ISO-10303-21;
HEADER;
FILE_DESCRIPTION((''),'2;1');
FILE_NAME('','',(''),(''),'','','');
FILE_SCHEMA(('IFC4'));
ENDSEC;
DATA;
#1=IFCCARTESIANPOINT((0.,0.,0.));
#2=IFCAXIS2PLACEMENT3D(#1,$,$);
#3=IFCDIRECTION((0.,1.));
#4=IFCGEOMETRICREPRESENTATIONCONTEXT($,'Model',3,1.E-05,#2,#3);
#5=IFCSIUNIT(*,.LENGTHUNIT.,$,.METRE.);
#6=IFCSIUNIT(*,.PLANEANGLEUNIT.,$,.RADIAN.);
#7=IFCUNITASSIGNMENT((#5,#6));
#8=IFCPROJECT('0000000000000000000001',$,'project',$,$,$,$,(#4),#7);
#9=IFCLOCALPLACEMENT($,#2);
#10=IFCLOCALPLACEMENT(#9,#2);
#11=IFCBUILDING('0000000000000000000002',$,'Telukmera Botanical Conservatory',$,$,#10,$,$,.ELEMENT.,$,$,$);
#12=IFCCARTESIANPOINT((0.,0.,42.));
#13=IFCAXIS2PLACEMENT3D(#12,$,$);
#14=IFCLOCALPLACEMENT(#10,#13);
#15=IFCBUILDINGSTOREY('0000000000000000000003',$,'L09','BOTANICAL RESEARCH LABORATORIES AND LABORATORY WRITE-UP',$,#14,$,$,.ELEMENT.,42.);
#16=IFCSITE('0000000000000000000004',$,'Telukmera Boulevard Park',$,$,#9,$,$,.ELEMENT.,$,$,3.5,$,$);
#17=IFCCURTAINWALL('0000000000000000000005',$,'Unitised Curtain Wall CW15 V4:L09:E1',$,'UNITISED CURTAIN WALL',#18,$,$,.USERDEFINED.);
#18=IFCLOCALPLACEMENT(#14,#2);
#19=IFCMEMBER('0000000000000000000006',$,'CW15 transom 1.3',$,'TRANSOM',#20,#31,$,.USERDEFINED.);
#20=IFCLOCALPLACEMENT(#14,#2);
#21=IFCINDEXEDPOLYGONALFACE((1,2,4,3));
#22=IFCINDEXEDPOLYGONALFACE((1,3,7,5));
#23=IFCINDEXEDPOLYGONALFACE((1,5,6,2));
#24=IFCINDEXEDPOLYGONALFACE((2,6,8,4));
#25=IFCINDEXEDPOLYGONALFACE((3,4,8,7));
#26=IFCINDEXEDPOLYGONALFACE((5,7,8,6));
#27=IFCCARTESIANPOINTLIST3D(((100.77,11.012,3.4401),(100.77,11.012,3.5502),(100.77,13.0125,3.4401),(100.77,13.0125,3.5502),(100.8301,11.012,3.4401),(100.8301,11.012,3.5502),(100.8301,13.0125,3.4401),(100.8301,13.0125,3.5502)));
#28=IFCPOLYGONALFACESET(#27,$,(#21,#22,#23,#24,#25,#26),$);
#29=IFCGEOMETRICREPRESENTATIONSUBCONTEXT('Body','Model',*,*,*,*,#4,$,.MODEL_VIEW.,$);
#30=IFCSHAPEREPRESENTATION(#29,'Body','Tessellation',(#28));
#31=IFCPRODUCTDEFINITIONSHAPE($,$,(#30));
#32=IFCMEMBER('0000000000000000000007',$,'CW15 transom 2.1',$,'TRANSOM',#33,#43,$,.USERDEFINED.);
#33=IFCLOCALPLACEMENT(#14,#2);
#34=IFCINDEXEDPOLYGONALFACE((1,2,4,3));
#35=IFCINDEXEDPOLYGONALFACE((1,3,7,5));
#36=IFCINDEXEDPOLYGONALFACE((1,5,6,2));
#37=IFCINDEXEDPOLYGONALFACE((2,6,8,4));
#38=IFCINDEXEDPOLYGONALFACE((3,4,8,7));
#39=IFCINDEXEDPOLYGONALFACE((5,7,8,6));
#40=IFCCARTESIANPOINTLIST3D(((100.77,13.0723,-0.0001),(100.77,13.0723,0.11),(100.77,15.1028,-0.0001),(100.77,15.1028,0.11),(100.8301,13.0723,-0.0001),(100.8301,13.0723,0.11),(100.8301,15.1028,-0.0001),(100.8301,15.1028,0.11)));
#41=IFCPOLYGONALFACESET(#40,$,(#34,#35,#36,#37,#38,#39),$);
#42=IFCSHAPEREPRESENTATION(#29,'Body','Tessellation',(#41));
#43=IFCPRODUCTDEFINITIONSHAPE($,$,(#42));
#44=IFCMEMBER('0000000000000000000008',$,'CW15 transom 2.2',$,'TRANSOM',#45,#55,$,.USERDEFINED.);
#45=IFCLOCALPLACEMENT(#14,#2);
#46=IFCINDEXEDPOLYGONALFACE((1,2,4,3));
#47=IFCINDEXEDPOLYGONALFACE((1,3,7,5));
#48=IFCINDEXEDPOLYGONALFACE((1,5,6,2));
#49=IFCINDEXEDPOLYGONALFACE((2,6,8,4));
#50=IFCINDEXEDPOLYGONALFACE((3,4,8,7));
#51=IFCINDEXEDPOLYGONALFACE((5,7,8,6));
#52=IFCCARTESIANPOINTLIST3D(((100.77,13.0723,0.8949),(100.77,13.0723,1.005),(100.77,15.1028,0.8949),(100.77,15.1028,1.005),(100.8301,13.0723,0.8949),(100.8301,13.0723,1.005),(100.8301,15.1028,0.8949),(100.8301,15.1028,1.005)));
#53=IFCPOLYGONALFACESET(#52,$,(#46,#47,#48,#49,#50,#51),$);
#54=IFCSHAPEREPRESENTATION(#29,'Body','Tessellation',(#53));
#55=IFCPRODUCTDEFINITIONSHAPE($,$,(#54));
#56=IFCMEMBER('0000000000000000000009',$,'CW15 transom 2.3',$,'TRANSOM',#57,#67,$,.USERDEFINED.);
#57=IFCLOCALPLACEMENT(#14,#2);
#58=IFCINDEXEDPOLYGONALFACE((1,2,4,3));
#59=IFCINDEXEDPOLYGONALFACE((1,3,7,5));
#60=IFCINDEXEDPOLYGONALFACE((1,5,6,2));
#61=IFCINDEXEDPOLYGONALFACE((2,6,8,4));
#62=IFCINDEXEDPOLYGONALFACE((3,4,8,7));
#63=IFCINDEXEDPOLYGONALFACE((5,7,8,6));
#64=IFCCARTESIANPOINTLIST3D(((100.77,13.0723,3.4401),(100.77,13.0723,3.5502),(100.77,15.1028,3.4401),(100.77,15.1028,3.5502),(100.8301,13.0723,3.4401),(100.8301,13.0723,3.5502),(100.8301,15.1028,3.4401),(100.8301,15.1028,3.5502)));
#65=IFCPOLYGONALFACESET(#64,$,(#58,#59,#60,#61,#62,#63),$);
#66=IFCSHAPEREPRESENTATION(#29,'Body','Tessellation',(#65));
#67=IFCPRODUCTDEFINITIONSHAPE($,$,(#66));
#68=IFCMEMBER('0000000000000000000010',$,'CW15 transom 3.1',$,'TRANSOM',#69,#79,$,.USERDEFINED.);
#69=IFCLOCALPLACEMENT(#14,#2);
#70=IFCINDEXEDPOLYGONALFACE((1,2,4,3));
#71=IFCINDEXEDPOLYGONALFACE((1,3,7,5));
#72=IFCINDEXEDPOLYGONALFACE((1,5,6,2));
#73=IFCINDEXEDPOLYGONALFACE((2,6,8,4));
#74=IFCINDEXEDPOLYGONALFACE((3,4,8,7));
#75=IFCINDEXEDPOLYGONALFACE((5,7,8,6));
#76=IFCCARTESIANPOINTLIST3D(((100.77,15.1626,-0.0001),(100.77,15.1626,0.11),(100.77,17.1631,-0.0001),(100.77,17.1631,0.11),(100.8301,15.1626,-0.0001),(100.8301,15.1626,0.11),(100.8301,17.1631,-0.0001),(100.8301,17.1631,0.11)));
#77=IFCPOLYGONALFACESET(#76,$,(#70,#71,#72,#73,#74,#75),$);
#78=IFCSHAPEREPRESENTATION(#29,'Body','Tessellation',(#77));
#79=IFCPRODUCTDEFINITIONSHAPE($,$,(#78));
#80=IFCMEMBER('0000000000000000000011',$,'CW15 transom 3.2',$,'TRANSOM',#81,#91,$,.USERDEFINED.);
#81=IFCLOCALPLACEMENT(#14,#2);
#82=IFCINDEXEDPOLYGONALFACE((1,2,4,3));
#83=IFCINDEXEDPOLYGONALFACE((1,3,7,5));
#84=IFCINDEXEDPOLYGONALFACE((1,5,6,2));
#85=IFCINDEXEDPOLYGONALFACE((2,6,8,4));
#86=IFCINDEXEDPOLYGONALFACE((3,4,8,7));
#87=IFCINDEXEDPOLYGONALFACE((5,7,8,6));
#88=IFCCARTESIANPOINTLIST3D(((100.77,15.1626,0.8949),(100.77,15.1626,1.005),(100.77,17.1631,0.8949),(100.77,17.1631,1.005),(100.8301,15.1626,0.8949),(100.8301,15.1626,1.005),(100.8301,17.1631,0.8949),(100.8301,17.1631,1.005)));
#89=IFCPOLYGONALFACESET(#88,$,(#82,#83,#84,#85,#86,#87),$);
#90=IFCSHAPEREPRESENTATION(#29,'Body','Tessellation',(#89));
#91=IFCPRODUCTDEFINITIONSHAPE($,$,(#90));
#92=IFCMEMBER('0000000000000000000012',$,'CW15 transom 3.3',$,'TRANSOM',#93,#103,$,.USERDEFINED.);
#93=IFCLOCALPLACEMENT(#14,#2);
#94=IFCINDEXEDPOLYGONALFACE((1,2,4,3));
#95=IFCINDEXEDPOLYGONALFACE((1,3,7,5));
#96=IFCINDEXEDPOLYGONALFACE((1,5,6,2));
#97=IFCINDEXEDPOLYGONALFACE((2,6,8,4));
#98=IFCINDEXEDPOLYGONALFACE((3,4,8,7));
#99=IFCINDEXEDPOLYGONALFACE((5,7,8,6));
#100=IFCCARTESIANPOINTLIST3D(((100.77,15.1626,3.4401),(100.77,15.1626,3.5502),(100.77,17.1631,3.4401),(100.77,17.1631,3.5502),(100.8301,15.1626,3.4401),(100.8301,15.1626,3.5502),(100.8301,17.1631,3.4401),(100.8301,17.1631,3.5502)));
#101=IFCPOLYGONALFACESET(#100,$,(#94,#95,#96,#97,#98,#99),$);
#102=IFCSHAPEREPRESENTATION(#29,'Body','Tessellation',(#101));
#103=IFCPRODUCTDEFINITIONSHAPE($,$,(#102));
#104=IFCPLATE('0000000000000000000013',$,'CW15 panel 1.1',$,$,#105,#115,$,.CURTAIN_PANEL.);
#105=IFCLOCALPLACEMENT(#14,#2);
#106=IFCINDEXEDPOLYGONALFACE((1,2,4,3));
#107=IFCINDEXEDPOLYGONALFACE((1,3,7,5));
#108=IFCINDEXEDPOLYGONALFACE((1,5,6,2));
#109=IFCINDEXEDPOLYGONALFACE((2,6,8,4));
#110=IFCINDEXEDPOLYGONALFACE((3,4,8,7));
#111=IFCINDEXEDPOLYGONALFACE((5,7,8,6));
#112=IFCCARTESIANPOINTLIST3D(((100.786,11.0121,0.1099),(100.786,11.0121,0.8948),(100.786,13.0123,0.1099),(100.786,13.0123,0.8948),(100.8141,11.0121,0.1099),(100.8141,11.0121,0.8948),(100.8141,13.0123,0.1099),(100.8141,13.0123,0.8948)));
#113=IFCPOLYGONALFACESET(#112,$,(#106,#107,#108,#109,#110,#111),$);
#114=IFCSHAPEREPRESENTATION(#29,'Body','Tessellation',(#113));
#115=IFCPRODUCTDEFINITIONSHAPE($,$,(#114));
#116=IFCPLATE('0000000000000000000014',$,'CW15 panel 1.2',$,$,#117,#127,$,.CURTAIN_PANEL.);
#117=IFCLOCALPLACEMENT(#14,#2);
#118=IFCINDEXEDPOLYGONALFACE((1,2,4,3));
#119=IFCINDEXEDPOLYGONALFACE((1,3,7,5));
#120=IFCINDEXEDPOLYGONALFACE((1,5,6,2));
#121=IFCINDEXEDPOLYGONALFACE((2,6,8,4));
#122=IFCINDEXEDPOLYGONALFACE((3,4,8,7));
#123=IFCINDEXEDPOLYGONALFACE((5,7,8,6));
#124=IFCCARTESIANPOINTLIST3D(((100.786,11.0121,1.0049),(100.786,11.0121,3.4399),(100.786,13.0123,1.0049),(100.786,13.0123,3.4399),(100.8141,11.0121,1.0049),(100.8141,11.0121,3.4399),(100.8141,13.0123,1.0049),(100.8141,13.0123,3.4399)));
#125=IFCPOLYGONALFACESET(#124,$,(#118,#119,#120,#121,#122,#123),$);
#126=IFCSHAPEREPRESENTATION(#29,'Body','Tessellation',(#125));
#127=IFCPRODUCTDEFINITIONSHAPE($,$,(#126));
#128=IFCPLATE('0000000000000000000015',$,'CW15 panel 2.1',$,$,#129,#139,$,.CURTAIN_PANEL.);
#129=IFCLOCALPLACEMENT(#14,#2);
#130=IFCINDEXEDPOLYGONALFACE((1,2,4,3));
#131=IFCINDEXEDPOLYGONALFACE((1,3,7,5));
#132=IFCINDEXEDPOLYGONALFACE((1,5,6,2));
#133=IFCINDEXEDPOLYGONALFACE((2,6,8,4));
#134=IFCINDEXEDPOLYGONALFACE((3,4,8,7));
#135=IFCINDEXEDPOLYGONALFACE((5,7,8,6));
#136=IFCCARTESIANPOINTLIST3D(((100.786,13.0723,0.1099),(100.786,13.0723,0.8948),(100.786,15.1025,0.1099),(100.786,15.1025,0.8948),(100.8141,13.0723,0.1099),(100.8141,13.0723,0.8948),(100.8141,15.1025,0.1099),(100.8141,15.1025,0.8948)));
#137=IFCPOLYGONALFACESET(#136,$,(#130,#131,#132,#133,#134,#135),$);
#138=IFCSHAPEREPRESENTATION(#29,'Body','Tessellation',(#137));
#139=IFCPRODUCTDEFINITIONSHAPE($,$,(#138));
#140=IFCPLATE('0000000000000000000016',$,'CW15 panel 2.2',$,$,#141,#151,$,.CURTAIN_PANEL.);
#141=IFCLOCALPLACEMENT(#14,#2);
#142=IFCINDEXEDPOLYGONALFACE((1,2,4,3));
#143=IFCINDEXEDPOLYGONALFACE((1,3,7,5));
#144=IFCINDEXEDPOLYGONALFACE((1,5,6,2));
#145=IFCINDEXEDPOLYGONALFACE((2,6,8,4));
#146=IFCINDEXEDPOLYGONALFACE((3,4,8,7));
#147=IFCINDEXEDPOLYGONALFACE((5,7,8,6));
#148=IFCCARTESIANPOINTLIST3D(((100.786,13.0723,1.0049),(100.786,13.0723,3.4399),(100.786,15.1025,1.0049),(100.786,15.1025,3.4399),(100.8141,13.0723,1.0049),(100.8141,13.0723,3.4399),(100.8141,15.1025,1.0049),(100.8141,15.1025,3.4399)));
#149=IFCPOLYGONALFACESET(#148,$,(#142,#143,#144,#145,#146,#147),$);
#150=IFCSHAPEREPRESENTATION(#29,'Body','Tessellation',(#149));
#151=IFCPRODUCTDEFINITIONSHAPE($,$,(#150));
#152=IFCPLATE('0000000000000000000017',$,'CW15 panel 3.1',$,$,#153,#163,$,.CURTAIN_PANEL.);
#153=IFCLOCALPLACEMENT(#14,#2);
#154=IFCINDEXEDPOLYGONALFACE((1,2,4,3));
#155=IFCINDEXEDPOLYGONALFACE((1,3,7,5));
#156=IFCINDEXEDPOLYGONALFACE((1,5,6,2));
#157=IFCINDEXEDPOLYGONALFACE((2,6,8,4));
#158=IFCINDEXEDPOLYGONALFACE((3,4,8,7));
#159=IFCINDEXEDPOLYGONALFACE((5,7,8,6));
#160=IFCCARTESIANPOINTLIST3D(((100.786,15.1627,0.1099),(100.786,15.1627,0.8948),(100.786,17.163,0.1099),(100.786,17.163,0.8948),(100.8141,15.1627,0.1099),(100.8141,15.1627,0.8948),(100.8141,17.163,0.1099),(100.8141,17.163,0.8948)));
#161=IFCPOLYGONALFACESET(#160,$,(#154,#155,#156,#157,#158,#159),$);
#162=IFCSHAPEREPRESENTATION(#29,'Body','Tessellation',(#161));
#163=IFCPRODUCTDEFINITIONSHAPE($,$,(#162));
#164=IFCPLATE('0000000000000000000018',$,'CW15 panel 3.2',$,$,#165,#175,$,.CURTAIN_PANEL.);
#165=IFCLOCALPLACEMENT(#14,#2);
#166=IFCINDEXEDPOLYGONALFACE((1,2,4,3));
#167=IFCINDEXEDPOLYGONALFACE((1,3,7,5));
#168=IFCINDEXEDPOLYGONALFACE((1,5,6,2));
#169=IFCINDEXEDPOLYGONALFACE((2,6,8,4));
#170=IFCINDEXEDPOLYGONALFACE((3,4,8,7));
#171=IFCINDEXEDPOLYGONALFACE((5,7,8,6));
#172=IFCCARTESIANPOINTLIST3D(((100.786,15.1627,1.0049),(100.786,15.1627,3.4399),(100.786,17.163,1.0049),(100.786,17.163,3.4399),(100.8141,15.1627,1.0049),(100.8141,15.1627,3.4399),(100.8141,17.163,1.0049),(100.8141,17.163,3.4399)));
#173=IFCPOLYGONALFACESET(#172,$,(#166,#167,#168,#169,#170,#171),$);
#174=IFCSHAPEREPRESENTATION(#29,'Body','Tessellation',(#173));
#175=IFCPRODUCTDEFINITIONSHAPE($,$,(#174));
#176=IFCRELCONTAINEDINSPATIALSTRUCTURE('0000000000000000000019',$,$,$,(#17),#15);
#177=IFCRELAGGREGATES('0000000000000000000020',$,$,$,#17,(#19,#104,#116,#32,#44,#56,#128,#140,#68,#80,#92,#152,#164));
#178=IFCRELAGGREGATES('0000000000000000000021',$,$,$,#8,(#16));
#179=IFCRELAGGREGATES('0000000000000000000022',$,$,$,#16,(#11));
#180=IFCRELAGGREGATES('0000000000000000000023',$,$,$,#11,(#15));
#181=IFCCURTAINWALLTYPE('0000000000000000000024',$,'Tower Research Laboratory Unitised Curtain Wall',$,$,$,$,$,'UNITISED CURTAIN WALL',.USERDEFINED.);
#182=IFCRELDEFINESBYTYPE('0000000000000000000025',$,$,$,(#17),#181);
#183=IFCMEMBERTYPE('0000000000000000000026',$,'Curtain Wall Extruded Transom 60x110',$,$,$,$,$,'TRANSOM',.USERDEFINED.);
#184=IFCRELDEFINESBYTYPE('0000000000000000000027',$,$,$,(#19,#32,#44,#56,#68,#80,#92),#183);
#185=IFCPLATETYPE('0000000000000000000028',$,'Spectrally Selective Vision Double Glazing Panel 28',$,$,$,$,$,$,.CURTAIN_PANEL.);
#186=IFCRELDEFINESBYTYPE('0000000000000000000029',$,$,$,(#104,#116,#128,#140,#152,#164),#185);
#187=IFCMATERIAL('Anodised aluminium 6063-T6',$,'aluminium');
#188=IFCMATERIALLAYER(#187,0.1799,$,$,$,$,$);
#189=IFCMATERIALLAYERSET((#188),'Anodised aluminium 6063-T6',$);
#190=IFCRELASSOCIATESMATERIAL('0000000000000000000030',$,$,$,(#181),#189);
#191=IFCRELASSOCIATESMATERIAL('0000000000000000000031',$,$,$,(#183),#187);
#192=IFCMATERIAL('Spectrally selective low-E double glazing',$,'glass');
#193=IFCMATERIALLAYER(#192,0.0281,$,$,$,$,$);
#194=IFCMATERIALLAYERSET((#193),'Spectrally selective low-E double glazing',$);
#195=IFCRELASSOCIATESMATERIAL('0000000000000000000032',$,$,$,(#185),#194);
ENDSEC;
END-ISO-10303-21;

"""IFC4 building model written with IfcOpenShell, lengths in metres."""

from ifc_helpers import new_model, si_unit, direction, frame, origin, origin_2d, place, context, subcontext, project, spatial, rectangle, extrude, material, layer, layer_set, material_profile, profile_set, type_object, element, aggregate, save


model = new_model("IFC4")

# Units and contexts
model_context = context("Model", 3, precision=1e-05, world=origin(), true_north=direction((0.0, 1.0)))
body_context = subcontext(model_context, "Body", "Model", "MODEL_VIEW")
ifc_project = project(units=[si_unit("LENGTHUNIT", "METRE"), si_unit("PLANEANGLEUNIT", "RADIAN")], contexts=[model_context])

# Site, building, storey
site_placement = place(None, origin())
site = spatial("IfcSite", under=ifc_project, at=site_placement, Name="Telukmera Boulevard Park", CompositionType="ELEMENT", RefElevation=3.5)
building_placement = place(site_placement, origin())
building = spatial("IfcBuilding", under=site, at=building_placement, Name="Telukmera Botanical Conservatory", CompositionType="ELEMENT")
storey_placement = place(building_placement, frame((0.0, 0.0, 42.0)))
storey = spatial("IfcBuildingStorey", under=building, at=storey_placement, Name="L09", Description="BOTANICAL RESEARCH LABORATORIES AND LABORATORY WRITE-UP", CompositionType="ELEMENT", Elevation=42.0)

# Curtain wall, members, plates
ifc_material_1 = material(Name="Anodised aluminium 6063-T6", Category="aluminium")
ifc_layer_1 = layer(ifc_material_1, 0.1799)
ifc_layer_set_1 = layer_set([ifc_layer_1], Name="Anodised aluminium 6063-T6")
curtain_wall_type = type_object("IfcCurtainWallType", Name="Tower Research Laboratory Unitised Curtain Wall", ElementType="UNITISED CURTAIN WALL", PredefinedType="USERDEFINED", material=ifc_layer_set_1)
curtain_wall_placement = place(storey_placement, origin())
curtain_wall = element("IfcCurtainWall", 1, at=curtain_wall_placement, inside=storey, type_object=curtain_wall_type, Name="Unitised Curtain Wall CW15 V4:L09:E1", ObjectType="UNITISED CURTAIN WALL", PredefinedType="USERDEFINED")
ifc_material_profile_1 = material_profile(ifc_material_1, rectangle(XDim=0.0601, YDim=0.1101, at=origin_2d()), Name="ALU TRAN 60x110")
ifc_profile_set_1 = profile_set([ifc_material_profile_1], Name="Anodised aluminium 6063-T6")
member_type_1 = type_object("IfcMemberType", Name="Curtain Wall Extruded Transom 60x110", ElementType="TRANSOM", PredefinedType="USERDEFINED", material=ifc_profile_set_1)
member_1_placement = place(storey_placement, frame((100.8, 11.012, 3.4951), z_axis=(0.0, 1.0, 0.0), x_axis=(-1.0, 0.0, 0.0)))
member_1 = element("IfcMember", 2, at=member_1_placement, type_object=member_type_1, Name="CW15 transom 1.3", ObjectType="TRANSOM", PredefinedType="USERDEFINED", context=body_context, shape_type="SweptSolid", body=[
    extrude(rectangle(XDim=0.0601, YDim=0.1101, at=origin_2d()), origin(), (0.0, 0.0, 1.0), 2.0005),
])
member_2_placement = place(storey_placement, frame((100.8, 13.0723, 0.0549), z_axis=(0.0, 1.0, 0.0), x_axis=(-1.0, 0.0, 0.0)))
member_2 = element("IfcMember", 3, at=member_2_placement, type_object=member_type_1, Name="CW15 transom 2.1", ObjectType="TRANSOM", PredefinedType="USERDEFINED", context=body_context, shape_type="SweptSolid", body=[
    extrude(rectangle(XDim=0.0601, YDim=0.1101, at=origin_2d()), origin(), (0.0, 0.0, 1.0), 2.0305),
])
member_3_placement = place(storey_placement, frame((100.8, 13.0723, 0.95), z_axis=(0.0, 1.0, 0.0), x_axis=(-1.0, 0.0, 0.0)))
member_3 = element("IfcMember", 4, at=member_3_placement, type_object=member_type_1, Name="CW15 transom 2.2", ObjectType="TRANSOM", PredefinedType="USERDEFINED", context=body_context, shape_type="SweptSolid", body=[
    extrude(rectangle(XDim=0.0601, YDim=0.1101, at=origin_2d()), origin(), (0.0, 0.0, 1.0), 2.0305),
])
member_4_placement = place(storey_placement, frame((100.8, 13.0723, 3.4951), z_axis=(0.0, 1.0, 0.0), x_axis=(-1.0, 0.0, 0.0)))
member_4 = element("IfcMember", 5, at=member_4_placement, type_object=member_type_1, Name="CW15 transom 2.3", ObjectType="TRANSOM", PredefinedType="USERDEFINED", context=body_context, shape_type="SweptSolid", body=[
    extrude(rectangle(XDim=0.0601, YDim=0.1101, at=origin_2d()), origin(), (0.0, 0.0, 1.0), 2.0305),
])
member_5_placement = place(storey_placement, frame((100.8, 15.1626, 0.0549), z_axis=(0.0, 1.0, 0.0), x_axis=(-1.0, 0.0, 0.0)))
member_5 = element("IfcMember", 6, at=member_5_placement, type_object=member_type_1, Name="CW15 transom 3.1", ObjectType="TRANSOM", PredefinedType="USERDEFINED", context=body_context, shape_type="SweptSolid", body=[
    extrude(rectangle(XDim=0.0601, YDim=0.1101, at=origin_2d()), origin(), (0.0, 0.0, 1.0), 2.0005),
])
member_6_placement = place(storey_placement, frame((100.8, 15.1626, 0.95), z_axis=(0.0, 1.0, 0.0), x_axis=(-1.0, 0.0, 0.0)))
member_6 = element("IfcMember", 7, at=member_6_placement, type_object=member_type_1, Name="CW15 transom 3.2", ObjectType="TRANSOM", PredefinedType="USERDEFINED", context=body_context, shape_type="SweptSolid", body=[
    extrude(rectangle(XDim=0.0601, YDim=0.1101, at=origin_2d()), origin(), (0.0, 0.0, 1.0), 2.0005),
])
member_7_placement = place(storey_placement, frame((100.8, 15.1626, 3.4951), z_axis=(0.0, 1.0, 0.0), x_axis=(-1.0, 0.0, 0.0)))
member_7 = element("IfcMember", 8, at=member_7_placement, type_object=member_type_1, Name="CW15 transom 3.3", ObjectType="TRANSOM", PredefinedType="USERDEFINED", context=body_context, shape_type="SweptSolid", body=[
    extrude(rectangle(XDim=0.0601, YDim=0.1101, at=origin_2d()), origin(), (0.0, 0.0, 1.0), 2.0005),
])
ifc_material_2 = material(Name="Spectrally selective low-E double glazing", Category="glass")
ifc_layer_2 = layer(ifc_material_2, 0.0281)
ifc_layer_set_2 = layer_set([ifc_layer_2], Name="Spectrally selective low-E double glazing")
plate_type = type_object("IfcPlateType", Name="Spectrally Selective Vision Double Glazing Panel 28", PredefinedType="CURTAIN_PANEL", material=ifc_layer_set_2)
plate_1_placement = place(storey_placement, frame((100.8, 12.0122, 0.1099), z_axis=(0.0, 0.0, 1.0), x_axis=(0.0, 1.0, 0.0)))
plate_1 = element("IfcPlate", 9, at=plate_1_placement, type_object=plate_type, Name="CW15 panel 1.1", PredefinedType="CURTAIN_PANEL", context=body_context, shape_type="SweptSolid", body=[
    extrude(rectangle(XDim=2.0002, YDim=0.0281, at=origin_2d()), origin(), (0.0, 0.0, 1.0), 0.7849),
])
plate_2_placement = place(storey_placement, frame((100.8, 12.0122, 1.0049), z_axis=(0.0, 0.0, 1.0), x_axis=(0.0, 1.0, 0.0)))
plate_2 = element("IfcPlate", 10, at=plate_2_placement, type_object=plate_type, Name="CW15 panel 1.2", PredefinedType="CURTAIN_PANEL", context=body_context, shape_type="SweptSolid", body=[
    extrude(rectangle(XDim=2.0002, YDim=0.0281, at=origin_2d()), origin(), (0.0, 0.0, 1.0), 2.4351),
])
plate_3_placement = place(storey_placement, frame((100.8, 14.0874, 0.1099), z_axis=(0.0, 0.0, 1.0), x_axis=(0.0, 1.0, 0.0)))
plate_3 = element("IfcPlate", 11, at=plate_3_placement, type_object=plate_type, Name="CW15 panel 2.1", PredefinedType="CURTAIN_PANEL", context=body_context, shape_type="SweptSolid", body=[
    extrude(rectangle(XDim=2.0303, YDim=0.0281, at=origin_2d()), origin(), (0.0, 0.0, 1.0), 0.7849),
])
plate_4_placement = place(storey_placement, frame((100.8, 14.0874, 1.0049), z_axis=(0.0, 0.0, 1.0), x_axis=(0.0, 1.0, 0.0)))
plate_4 = element("IfcPlate", 12, at=plate_4_placement, type_object=plate_type, Name="CW15 panel 2.2", PredefinedType="CURTAIN_PANEL", context=body_context, shape_type="SweptSolid", body=[
    extrude(rectangle(XDim=2.0303, YDim=0.0281, at=origin_2d()), origin(), (0.0, 0.0, 1.0), 2.4351),
])
plate_5_placement = place(storey_placement, frame((100.8, 16.1628, 0.1099), z_axis=(0.0, 0.0, 1.0), x_axis=(0.0, 1.0, 0.0)))
plate_5 = element("IfcPlate", 13, at=plate_5_placement, type_object=plate_type, Name="CW15 panel 3.1", PredefinedType="CURTAIN_PANEL", context=body_context, shape_type="SweptSolid", body=[
    extrude(rectangle(XDim=2.0002, YDim=0.0281, at=origin_2d()), origin(), (0.0, 0.0, 1.0), 0.7849),
])
plate_6_placement = place(storey_placement, frame((100.8, 16.1628, 1.0049), z_axis=(0.0, 0.0, 1.0), x_axis=(0.0, 1.0, 0.0)))
plate_6 = element("IfcPlate", 14, at=plate_6_placement, type_object=plate_type, Name="CW15 panel 3.2", PredefinedType="CURTAIN_PANEL", context=body_context, shape_type="SweptSolid", body=[
    extrude(rectangle(XDim=2.0002, YDim=0.0281, at=origin_2d()), origin(), (0.0, 0.0, 1.0), 2.4351),
])
aggregate(curtain_wall, [member_1, plate_1, plate_2, member_2, member_3, member_4, plate_3, plate_4, member_5, member_6, member_7, plate_5, plate_6])

save(model, "model.ifc")
